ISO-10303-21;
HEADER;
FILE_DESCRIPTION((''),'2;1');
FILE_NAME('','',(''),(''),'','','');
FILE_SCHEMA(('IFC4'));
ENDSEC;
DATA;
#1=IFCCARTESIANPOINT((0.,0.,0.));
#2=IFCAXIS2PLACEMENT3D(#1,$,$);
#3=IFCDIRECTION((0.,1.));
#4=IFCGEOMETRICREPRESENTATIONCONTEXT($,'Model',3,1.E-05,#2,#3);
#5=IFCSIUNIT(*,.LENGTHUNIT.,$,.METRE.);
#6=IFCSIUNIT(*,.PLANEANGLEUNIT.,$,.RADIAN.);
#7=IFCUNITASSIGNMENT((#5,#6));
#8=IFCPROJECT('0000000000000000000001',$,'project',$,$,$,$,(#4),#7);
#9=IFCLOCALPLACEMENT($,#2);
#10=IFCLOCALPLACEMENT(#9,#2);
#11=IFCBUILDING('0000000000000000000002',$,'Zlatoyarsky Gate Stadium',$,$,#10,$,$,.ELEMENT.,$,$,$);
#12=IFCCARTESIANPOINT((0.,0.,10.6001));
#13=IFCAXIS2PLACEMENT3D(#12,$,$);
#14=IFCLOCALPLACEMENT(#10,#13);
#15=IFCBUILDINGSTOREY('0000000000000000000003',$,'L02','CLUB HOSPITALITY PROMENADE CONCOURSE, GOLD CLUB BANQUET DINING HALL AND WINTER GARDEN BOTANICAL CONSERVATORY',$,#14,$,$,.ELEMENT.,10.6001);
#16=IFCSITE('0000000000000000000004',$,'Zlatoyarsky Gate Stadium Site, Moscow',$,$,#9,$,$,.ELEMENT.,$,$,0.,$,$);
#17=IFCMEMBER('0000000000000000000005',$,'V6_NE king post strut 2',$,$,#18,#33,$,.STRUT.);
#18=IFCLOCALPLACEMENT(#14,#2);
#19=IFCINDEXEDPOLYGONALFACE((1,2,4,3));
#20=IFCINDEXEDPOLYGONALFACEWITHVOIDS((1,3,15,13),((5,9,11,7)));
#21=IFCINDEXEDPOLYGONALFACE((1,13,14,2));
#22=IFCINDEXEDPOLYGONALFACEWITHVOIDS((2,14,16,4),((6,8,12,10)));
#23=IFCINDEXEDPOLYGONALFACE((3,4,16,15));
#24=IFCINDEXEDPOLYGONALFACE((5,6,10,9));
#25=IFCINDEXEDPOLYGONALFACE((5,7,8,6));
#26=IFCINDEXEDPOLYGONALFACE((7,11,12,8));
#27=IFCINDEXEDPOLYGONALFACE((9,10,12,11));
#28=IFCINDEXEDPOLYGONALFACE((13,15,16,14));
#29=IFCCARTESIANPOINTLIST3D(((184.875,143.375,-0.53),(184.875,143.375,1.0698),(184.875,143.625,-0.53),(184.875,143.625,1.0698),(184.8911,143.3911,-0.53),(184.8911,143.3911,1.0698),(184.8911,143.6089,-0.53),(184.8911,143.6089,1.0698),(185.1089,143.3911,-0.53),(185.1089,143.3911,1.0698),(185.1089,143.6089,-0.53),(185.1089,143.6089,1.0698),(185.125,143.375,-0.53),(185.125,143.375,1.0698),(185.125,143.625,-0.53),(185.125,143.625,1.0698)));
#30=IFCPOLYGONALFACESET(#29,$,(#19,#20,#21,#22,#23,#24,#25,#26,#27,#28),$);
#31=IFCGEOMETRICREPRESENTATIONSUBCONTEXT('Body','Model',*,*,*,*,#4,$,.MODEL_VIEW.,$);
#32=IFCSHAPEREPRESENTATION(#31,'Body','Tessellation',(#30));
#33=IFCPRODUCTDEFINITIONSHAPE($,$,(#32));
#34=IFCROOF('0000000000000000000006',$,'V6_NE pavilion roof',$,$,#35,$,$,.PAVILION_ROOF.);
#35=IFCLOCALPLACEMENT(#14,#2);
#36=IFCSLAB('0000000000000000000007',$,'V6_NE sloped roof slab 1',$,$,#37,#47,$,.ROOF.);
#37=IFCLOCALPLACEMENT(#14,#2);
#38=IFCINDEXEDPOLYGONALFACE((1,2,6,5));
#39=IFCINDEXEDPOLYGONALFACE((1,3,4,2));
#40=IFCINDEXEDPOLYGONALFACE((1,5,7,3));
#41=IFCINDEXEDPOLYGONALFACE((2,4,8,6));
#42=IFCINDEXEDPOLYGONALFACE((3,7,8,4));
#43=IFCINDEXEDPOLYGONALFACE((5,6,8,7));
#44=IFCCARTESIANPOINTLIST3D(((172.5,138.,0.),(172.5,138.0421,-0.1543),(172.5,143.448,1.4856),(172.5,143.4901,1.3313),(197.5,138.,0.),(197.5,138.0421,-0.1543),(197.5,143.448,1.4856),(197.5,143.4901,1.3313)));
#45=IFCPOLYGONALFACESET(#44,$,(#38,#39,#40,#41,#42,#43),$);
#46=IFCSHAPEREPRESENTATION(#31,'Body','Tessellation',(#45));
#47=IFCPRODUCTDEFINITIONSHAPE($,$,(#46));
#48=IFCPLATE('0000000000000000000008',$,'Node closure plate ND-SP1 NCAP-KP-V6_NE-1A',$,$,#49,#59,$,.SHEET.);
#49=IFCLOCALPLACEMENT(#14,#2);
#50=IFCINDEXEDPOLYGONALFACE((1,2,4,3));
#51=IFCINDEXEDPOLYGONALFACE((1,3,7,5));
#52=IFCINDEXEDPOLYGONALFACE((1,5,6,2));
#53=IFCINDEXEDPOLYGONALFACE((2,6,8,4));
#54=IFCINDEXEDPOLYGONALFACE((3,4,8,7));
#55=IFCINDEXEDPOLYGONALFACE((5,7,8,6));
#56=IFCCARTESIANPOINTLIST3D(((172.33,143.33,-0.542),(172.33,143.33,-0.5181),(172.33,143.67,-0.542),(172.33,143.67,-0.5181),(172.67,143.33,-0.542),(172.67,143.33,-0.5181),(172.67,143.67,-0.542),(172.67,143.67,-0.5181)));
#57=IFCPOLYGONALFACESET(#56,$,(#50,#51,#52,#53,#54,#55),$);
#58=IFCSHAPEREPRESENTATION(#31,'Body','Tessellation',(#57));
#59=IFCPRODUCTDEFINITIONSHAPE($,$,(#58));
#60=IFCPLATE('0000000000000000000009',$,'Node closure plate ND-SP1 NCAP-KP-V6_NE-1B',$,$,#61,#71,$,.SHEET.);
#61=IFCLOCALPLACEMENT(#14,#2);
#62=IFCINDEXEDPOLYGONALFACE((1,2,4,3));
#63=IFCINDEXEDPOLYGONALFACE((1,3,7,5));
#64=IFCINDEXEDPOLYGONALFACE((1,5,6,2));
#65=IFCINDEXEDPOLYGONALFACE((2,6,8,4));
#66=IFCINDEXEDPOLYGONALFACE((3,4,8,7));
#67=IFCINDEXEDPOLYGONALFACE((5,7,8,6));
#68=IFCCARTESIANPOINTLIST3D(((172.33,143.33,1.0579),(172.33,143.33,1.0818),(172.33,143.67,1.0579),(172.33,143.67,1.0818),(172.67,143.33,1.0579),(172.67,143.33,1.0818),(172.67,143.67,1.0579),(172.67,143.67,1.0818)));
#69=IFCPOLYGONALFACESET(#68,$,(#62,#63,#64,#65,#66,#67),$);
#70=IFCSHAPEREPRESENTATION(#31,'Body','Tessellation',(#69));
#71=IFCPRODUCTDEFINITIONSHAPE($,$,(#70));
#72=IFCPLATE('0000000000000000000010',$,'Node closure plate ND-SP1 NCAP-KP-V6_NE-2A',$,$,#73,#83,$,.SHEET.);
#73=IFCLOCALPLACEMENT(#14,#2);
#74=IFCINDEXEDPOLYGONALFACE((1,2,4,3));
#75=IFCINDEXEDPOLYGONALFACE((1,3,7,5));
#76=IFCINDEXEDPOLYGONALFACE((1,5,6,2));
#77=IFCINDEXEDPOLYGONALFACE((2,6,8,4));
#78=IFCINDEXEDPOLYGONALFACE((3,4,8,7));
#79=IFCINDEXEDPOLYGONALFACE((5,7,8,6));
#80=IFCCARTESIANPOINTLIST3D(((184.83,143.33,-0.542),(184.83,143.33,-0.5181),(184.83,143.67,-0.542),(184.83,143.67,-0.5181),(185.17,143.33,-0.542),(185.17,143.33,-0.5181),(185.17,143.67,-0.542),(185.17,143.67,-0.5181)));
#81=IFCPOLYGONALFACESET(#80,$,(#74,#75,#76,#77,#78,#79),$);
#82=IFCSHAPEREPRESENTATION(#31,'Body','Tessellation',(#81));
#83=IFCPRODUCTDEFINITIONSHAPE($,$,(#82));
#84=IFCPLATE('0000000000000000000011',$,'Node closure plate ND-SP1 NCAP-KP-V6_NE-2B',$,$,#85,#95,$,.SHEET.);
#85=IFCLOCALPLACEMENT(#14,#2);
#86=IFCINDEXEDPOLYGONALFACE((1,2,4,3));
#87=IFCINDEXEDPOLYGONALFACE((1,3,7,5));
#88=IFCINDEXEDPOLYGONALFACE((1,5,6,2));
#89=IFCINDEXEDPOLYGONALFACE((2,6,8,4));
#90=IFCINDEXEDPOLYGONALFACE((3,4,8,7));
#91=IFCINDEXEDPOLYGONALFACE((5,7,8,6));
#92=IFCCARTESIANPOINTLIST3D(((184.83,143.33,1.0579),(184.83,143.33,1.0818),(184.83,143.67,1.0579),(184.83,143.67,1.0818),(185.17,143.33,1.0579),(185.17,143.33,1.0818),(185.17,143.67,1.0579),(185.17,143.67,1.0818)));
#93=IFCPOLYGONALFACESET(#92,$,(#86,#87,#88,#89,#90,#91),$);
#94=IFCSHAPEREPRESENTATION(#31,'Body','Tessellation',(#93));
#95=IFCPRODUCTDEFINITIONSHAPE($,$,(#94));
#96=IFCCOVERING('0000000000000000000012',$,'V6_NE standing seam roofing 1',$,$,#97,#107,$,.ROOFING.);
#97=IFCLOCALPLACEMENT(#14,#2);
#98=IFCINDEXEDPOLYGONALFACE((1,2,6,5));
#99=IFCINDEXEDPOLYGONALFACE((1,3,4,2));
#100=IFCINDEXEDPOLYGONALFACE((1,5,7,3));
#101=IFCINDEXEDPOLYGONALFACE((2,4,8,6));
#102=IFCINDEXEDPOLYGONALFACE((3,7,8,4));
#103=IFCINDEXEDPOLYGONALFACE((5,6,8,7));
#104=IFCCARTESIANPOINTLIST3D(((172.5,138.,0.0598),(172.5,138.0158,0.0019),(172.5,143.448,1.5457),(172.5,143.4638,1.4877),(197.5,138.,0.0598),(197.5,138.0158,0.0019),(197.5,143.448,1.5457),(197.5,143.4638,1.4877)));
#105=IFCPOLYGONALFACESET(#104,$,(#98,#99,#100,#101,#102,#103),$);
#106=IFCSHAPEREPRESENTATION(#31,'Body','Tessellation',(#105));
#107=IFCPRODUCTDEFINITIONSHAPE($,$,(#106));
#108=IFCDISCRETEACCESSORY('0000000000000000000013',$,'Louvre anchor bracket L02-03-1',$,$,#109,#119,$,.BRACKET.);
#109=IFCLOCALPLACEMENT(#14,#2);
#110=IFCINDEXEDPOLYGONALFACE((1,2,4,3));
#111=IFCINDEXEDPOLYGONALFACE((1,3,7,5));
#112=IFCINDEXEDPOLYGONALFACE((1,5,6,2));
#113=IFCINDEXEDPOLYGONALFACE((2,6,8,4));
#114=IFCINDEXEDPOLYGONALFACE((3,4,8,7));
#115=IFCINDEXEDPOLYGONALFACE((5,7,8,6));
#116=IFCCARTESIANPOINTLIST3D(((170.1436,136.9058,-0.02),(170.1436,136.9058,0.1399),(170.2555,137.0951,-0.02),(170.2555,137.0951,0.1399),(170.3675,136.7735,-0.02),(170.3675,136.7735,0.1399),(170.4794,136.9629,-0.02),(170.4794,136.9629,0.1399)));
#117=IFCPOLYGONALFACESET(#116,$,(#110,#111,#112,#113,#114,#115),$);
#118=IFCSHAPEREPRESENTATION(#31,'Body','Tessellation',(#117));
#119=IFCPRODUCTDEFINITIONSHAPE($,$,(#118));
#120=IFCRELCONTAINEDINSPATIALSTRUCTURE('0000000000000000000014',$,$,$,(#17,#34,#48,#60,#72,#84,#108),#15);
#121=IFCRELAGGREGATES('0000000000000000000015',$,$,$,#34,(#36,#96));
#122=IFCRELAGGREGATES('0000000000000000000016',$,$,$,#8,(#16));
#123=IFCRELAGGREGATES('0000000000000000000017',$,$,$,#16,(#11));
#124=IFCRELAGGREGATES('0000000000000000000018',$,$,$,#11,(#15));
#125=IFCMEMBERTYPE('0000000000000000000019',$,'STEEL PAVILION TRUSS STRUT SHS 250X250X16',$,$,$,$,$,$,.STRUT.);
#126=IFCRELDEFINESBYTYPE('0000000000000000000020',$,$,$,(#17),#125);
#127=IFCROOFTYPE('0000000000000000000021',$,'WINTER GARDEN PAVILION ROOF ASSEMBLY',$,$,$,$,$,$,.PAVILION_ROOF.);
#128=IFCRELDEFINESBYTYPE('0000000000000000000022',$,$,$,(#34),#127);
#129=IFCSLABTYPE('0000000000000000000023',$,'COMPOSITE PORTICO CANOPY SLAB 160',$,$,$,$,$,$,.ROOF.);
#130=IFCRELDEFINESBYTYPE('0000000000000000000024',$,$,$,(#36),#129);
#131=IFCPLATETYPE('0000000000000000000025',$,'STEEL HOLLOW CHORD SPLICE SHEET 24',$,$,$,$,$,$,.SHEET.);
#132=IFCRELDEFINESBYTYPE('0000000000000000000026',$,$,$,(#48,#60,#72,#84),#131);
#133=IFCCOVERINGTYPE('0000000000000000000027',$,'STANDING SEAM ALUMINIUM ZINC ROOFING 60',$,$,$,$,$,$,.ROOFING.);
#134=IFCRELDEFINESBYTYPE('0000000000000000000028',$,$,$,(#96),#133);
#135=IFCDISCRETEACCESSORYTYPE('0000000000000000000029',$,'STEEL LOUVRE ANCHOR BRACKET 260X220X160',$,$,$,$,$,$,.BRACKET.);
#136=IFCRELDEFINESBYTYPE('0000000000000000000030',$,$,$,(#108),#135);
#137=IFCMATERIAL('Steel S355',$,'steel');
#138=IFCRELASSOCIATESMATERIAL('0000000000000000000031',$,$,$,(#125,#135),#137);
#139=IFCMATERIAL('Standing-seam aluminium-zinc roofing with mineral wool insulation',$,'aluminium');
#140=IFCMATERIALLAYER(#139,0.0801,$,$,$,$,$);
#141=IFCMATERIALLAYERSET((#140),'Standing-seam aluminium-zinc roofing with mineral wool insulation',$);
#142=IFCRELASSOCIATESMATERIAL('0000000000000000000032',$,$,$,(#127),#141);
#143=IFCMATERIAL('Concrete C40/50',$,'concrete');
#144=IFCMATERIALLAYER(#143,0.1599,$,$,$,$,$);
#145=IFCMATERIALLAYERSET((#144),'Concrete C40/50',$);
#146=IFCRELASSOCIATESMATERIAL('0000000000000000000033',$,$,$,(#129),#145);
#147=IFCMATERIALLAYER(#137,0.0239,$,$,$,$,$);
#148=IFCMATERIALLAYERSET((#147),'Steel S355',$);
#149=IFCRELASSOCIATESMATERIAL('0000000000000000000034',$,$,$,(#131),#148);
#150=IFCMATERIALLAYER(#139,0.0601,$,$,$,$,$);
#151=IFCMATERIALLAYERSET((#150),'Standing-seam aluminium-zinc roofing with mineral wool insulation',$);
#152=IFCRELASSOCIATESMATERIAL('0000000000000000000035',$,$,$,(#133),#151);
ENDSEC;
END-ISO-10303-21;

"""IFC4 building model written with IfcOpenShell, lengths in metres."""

from ifc_helpers import new_model, si_unit, direction, frame, origin, origin_2d, place, context, subcontext, project, spatial, polyline, rectangle, hollow_rectangle, outline, extrude, material, layer, layer_set, material_profile, profile_set, type_object, element, aggregate, save


model = new_model("IFC4")

# Units and contexts
model_context = context("Model", 3, precision=1e-05, world=origin(), true_north=direction((0.0, 1.0)))
body_context = subcontext(model_context, "Body", "Model", "MODEL_VIEW")
ifc_project = project(units=[si_unit("LENGTHUNIT", "METRE"), si_unit("PLANEANGLEUNIT", "RADIAN")], contexts=[model_context])

# Site, building, storey
site_placement = place(None, origin())
site = spatial("IfcSite", under=ifc_project, at=site_placement, Name="Zlatoyarsky Gate Stadium Site, Moscow", CompositionType="ELEMENT", RefElevation=0.0)
building_placement = place(site_placement, origin())
building = spatial("IfcBuilding", under=site, at=building_placement, Name="Zlatoyarsky Gate Stadium", CompositionType="ELEMENT")
storey_placement = place(building_placement, frame((0.0, 0.0, 10.6001)))
storey = spatial("IfcBuildingStorey", under=building, at=storey_placement, Name="L02", Description="CLUB HOSPITALITY PROMENADE CONCOURSE, GOLD CLUB BANQUET DINING HALL AND WINTER GARDEN BOTANICAL CONSERVATORY", CompositionType="ELEMENT", Elevation=10.6001)

# Shared definitions
ifc_material_1 = material(Name="Steel S355", Category="steel")

# Member
ifc_material_profile_1 = material_profile(ifc_material_1, hollow_rectangle(XDim=0.25, YDim=0.25, WallThickness=0.0161, at=origin_2d()), Name="SHS 250X250X16")
ifc_profile_set_1 = profile_set([ifc_material_profile_1], Name="Steel S355")
member_type_1 = type_object("IfcMemberType", Name="STEEL PAVILION TRUSS STRUT SHS 250X250X16", PredefinedType="STRUT", material=ifc_profile_set_1)
for number, where, z_axis, x_axis, name in (
    (1, (185.0, 143.5, -0.53), (0.0, 0.0, 1.0), (1.0, 0.0, 0.0), "V6_NE king post strut 2"),
):
    element("IfcMember", number, at=place(storey_placement, frame(where, z_axis=z_axis, x_axis=x_axis)), inside=storey, type_object=member_type_1, Name=name, PredefinedType="STRUT", context=body_context, shape_type="SweptSolid", body=[
        extrude(hollow_rectangle(XDim=0.25, YDim=0.25, WallThickness=0.0161, at=origin_2d()), origin(), (0.0, 0.0, 1.0), 1.5999),
    ])

# Roof, slab
ifc_material_2 = material(Name="Standing-seam aluminium-zinc roofing with mineral wool insulation", Category="aluminium")
ifc_layer_1 = layer(ifc_material_2, 0.0801)
ifc_layer_set_1 = layer_set([ifc_layer_1], Name="Standing-seam aluminium-zinc roofing with mineral wool insulation")
roof_type = type_object("IfcRoofType", Name="WINTER GARDEN PAVILION ROOF ASSEMBLY", PredefinedType="PAVILION_ROOF", material=ifc_layer_set_1)
roof_placement = place(storey_placement, origin())
roof = element("IfcRoof", 2, at=roof_placement, inside=storey, type_object=roof_type, Name="V6_NE pavilion roof", PredefinedType="PAVILION_ROOF")
ifc_material_3 = material(Name="Concrete C40/50", Category="concrete")
ifc_layer_2 = layer(ifc_material_3, 0.1599)
ifc_layer_set_2 = layer_set([ifc_layer_2], Name="Concrete C40/50")
slab_type = type_object("IfcSlabType", Name="COMPOSITE PORTICO CANOPY SLAB 160", PredefinedType="ROOF", material=ifc_layer_set_2)
slab_placement = place(storey_placement, frame((172.5, 138.0, 0.0), z_axis=(0.0, -0.263081, 0.964774), x_axis=(1.0, 0.0, 0.0)))
slab = element("IfcSlab", 3, at=slab_placement, type_object=slab_type, Name="V6_NE sloped roof slab 1", PredefinedType="ROOF", context=body_context, shape_type="SweptSolid", body=[
    extrude(outline(polyline([(0.0, 0.0), (25.0, 0.0), (25.0, 5.6469), (0.0, 5.6469), (0.0, 0.0)])), origin(), (0.0, 0.0, -1.0), 0.1599),
])

# Plates
ifc_layer_3 = layer(ifc_material_1, 0.0239)
ifc_layer_set_3 = layer_set([ifc_layer_3], Name="Steel S355")
plate_type = type_object("IfcPlateType", Name="STEEL HOLLOW CHORD SPLICE SHEET 24", PredefinedType="SHEET", material=ifc_layer_set_3)
for number, where, z_axis, x_axis, name in (
    (4, (172.5, 143.5, -0.542), (0.0, 0.0, 1.0), (1.0, 0.0, 0.0), "Node closure plate ND-SP1 NCAP-KP-V6_NE-1A"),
    (5, (172.5, 143.5, 1.0579), (0.0, 0.0, 1.0), (1.0, 0.0, 0.0), "Node closure plate ND-SP1 NCAP-KP-V6_NE-1B"),
    (6, (185.0, 143.5, -0.542), (0.0, 0.0, 1.0), (1.0, 0.0, 0.0), "Node closure plate ND-SP1 NCAP-KP-V6_NE-2A"),
    (7, (185.0, 143.5, 1.0579), (0.0, 0.0, 1.0), (1.0, 0.0, 0.0), "Node closure plate ND-SP1 NCAP-KP-V6_NE-2B"),
):
    element("IfcPlate", number, at=place(storey_placement, frame(where, z_axis=z_axis, x_axis=x_axis)), inside=storey, type_object=plate_type, Name=name, PredefinedType="SHEET", context=body_context, shape_type="SweptSolid", body=[
        extrude(rectangle(XDim=0.3401, YDim=0.3401, at=origin_2d()), origin(), (0.0, 0.0, 1.0), 0.0239),
    ])

# Covering
ifc_layer_4 = layer(ifc_material_2, 0.0601)
ifc_layer_set_4 = layer_set([ifc_layer_4], Name="Standing-seam aluminium-zinc roofing with mineral wool insulation")
covering_type = type_object("IfcCoveringType", Name="STANDING SEAM ALUMINIUM ZINC ROOFING 60", PredefinedType="ROOFING", material=ifc_layer_set_4)
covering_placement = place(storey_placement, frame((172.5, 138.0, 0.0598), z_axis=(0.0, -0.263121, 0.964763), x_axis=(1.0, 0.0, 0.0)))
covering = element("IfcCovering", 8, at=covering_placement, type_object=covering_type, Name="V6_NE standing seam roofing 1", PredefinedType="ROOFING", context=body_context, shape_type="SweptSolid", body=[
    extrude(outline(polyline([(0.0, 0.0), (25.0, 0.0), (25.0, 5.647), (0.0, 5.647), (0.0, 0.0)])), origin(), (0.0, 0.0, -1.0), 0.0601),
])
aggregate(roof, [slab, covering])

# Discrete accessory
discrete_accessory_type = type_object("IfcDiscreteAccessoryType", Name="STEEL LOUVRE ANCHOR BRACKET 260X220X160", PredefinedType="BRACKET", material=ifc_material_1)
discrete_accessory_placement = place(storey_placement, frame((170.3115, 136.9343, -0.02), z_axis=(0.0, 0.0, 1.0), x_axis=(-0.860992, 0.508619, 0.0)))
element("IfcDiscreteAccessory", 9, at=discrete_accessory_placement, inside=storey, type_object=discrete_accessory_type, Name="Louvre anchor bracket L02-03-1", PredefinedType="BRACKET", context=body_context, shape_type="SweptSolid", body=[
    extrude(rectangle(XDim=0.26, YDim=0.22, at=origin_2d()), origin(), (0.0, 0.0, 1.0), 0.1599),
])

save(model, "model.ifc")
